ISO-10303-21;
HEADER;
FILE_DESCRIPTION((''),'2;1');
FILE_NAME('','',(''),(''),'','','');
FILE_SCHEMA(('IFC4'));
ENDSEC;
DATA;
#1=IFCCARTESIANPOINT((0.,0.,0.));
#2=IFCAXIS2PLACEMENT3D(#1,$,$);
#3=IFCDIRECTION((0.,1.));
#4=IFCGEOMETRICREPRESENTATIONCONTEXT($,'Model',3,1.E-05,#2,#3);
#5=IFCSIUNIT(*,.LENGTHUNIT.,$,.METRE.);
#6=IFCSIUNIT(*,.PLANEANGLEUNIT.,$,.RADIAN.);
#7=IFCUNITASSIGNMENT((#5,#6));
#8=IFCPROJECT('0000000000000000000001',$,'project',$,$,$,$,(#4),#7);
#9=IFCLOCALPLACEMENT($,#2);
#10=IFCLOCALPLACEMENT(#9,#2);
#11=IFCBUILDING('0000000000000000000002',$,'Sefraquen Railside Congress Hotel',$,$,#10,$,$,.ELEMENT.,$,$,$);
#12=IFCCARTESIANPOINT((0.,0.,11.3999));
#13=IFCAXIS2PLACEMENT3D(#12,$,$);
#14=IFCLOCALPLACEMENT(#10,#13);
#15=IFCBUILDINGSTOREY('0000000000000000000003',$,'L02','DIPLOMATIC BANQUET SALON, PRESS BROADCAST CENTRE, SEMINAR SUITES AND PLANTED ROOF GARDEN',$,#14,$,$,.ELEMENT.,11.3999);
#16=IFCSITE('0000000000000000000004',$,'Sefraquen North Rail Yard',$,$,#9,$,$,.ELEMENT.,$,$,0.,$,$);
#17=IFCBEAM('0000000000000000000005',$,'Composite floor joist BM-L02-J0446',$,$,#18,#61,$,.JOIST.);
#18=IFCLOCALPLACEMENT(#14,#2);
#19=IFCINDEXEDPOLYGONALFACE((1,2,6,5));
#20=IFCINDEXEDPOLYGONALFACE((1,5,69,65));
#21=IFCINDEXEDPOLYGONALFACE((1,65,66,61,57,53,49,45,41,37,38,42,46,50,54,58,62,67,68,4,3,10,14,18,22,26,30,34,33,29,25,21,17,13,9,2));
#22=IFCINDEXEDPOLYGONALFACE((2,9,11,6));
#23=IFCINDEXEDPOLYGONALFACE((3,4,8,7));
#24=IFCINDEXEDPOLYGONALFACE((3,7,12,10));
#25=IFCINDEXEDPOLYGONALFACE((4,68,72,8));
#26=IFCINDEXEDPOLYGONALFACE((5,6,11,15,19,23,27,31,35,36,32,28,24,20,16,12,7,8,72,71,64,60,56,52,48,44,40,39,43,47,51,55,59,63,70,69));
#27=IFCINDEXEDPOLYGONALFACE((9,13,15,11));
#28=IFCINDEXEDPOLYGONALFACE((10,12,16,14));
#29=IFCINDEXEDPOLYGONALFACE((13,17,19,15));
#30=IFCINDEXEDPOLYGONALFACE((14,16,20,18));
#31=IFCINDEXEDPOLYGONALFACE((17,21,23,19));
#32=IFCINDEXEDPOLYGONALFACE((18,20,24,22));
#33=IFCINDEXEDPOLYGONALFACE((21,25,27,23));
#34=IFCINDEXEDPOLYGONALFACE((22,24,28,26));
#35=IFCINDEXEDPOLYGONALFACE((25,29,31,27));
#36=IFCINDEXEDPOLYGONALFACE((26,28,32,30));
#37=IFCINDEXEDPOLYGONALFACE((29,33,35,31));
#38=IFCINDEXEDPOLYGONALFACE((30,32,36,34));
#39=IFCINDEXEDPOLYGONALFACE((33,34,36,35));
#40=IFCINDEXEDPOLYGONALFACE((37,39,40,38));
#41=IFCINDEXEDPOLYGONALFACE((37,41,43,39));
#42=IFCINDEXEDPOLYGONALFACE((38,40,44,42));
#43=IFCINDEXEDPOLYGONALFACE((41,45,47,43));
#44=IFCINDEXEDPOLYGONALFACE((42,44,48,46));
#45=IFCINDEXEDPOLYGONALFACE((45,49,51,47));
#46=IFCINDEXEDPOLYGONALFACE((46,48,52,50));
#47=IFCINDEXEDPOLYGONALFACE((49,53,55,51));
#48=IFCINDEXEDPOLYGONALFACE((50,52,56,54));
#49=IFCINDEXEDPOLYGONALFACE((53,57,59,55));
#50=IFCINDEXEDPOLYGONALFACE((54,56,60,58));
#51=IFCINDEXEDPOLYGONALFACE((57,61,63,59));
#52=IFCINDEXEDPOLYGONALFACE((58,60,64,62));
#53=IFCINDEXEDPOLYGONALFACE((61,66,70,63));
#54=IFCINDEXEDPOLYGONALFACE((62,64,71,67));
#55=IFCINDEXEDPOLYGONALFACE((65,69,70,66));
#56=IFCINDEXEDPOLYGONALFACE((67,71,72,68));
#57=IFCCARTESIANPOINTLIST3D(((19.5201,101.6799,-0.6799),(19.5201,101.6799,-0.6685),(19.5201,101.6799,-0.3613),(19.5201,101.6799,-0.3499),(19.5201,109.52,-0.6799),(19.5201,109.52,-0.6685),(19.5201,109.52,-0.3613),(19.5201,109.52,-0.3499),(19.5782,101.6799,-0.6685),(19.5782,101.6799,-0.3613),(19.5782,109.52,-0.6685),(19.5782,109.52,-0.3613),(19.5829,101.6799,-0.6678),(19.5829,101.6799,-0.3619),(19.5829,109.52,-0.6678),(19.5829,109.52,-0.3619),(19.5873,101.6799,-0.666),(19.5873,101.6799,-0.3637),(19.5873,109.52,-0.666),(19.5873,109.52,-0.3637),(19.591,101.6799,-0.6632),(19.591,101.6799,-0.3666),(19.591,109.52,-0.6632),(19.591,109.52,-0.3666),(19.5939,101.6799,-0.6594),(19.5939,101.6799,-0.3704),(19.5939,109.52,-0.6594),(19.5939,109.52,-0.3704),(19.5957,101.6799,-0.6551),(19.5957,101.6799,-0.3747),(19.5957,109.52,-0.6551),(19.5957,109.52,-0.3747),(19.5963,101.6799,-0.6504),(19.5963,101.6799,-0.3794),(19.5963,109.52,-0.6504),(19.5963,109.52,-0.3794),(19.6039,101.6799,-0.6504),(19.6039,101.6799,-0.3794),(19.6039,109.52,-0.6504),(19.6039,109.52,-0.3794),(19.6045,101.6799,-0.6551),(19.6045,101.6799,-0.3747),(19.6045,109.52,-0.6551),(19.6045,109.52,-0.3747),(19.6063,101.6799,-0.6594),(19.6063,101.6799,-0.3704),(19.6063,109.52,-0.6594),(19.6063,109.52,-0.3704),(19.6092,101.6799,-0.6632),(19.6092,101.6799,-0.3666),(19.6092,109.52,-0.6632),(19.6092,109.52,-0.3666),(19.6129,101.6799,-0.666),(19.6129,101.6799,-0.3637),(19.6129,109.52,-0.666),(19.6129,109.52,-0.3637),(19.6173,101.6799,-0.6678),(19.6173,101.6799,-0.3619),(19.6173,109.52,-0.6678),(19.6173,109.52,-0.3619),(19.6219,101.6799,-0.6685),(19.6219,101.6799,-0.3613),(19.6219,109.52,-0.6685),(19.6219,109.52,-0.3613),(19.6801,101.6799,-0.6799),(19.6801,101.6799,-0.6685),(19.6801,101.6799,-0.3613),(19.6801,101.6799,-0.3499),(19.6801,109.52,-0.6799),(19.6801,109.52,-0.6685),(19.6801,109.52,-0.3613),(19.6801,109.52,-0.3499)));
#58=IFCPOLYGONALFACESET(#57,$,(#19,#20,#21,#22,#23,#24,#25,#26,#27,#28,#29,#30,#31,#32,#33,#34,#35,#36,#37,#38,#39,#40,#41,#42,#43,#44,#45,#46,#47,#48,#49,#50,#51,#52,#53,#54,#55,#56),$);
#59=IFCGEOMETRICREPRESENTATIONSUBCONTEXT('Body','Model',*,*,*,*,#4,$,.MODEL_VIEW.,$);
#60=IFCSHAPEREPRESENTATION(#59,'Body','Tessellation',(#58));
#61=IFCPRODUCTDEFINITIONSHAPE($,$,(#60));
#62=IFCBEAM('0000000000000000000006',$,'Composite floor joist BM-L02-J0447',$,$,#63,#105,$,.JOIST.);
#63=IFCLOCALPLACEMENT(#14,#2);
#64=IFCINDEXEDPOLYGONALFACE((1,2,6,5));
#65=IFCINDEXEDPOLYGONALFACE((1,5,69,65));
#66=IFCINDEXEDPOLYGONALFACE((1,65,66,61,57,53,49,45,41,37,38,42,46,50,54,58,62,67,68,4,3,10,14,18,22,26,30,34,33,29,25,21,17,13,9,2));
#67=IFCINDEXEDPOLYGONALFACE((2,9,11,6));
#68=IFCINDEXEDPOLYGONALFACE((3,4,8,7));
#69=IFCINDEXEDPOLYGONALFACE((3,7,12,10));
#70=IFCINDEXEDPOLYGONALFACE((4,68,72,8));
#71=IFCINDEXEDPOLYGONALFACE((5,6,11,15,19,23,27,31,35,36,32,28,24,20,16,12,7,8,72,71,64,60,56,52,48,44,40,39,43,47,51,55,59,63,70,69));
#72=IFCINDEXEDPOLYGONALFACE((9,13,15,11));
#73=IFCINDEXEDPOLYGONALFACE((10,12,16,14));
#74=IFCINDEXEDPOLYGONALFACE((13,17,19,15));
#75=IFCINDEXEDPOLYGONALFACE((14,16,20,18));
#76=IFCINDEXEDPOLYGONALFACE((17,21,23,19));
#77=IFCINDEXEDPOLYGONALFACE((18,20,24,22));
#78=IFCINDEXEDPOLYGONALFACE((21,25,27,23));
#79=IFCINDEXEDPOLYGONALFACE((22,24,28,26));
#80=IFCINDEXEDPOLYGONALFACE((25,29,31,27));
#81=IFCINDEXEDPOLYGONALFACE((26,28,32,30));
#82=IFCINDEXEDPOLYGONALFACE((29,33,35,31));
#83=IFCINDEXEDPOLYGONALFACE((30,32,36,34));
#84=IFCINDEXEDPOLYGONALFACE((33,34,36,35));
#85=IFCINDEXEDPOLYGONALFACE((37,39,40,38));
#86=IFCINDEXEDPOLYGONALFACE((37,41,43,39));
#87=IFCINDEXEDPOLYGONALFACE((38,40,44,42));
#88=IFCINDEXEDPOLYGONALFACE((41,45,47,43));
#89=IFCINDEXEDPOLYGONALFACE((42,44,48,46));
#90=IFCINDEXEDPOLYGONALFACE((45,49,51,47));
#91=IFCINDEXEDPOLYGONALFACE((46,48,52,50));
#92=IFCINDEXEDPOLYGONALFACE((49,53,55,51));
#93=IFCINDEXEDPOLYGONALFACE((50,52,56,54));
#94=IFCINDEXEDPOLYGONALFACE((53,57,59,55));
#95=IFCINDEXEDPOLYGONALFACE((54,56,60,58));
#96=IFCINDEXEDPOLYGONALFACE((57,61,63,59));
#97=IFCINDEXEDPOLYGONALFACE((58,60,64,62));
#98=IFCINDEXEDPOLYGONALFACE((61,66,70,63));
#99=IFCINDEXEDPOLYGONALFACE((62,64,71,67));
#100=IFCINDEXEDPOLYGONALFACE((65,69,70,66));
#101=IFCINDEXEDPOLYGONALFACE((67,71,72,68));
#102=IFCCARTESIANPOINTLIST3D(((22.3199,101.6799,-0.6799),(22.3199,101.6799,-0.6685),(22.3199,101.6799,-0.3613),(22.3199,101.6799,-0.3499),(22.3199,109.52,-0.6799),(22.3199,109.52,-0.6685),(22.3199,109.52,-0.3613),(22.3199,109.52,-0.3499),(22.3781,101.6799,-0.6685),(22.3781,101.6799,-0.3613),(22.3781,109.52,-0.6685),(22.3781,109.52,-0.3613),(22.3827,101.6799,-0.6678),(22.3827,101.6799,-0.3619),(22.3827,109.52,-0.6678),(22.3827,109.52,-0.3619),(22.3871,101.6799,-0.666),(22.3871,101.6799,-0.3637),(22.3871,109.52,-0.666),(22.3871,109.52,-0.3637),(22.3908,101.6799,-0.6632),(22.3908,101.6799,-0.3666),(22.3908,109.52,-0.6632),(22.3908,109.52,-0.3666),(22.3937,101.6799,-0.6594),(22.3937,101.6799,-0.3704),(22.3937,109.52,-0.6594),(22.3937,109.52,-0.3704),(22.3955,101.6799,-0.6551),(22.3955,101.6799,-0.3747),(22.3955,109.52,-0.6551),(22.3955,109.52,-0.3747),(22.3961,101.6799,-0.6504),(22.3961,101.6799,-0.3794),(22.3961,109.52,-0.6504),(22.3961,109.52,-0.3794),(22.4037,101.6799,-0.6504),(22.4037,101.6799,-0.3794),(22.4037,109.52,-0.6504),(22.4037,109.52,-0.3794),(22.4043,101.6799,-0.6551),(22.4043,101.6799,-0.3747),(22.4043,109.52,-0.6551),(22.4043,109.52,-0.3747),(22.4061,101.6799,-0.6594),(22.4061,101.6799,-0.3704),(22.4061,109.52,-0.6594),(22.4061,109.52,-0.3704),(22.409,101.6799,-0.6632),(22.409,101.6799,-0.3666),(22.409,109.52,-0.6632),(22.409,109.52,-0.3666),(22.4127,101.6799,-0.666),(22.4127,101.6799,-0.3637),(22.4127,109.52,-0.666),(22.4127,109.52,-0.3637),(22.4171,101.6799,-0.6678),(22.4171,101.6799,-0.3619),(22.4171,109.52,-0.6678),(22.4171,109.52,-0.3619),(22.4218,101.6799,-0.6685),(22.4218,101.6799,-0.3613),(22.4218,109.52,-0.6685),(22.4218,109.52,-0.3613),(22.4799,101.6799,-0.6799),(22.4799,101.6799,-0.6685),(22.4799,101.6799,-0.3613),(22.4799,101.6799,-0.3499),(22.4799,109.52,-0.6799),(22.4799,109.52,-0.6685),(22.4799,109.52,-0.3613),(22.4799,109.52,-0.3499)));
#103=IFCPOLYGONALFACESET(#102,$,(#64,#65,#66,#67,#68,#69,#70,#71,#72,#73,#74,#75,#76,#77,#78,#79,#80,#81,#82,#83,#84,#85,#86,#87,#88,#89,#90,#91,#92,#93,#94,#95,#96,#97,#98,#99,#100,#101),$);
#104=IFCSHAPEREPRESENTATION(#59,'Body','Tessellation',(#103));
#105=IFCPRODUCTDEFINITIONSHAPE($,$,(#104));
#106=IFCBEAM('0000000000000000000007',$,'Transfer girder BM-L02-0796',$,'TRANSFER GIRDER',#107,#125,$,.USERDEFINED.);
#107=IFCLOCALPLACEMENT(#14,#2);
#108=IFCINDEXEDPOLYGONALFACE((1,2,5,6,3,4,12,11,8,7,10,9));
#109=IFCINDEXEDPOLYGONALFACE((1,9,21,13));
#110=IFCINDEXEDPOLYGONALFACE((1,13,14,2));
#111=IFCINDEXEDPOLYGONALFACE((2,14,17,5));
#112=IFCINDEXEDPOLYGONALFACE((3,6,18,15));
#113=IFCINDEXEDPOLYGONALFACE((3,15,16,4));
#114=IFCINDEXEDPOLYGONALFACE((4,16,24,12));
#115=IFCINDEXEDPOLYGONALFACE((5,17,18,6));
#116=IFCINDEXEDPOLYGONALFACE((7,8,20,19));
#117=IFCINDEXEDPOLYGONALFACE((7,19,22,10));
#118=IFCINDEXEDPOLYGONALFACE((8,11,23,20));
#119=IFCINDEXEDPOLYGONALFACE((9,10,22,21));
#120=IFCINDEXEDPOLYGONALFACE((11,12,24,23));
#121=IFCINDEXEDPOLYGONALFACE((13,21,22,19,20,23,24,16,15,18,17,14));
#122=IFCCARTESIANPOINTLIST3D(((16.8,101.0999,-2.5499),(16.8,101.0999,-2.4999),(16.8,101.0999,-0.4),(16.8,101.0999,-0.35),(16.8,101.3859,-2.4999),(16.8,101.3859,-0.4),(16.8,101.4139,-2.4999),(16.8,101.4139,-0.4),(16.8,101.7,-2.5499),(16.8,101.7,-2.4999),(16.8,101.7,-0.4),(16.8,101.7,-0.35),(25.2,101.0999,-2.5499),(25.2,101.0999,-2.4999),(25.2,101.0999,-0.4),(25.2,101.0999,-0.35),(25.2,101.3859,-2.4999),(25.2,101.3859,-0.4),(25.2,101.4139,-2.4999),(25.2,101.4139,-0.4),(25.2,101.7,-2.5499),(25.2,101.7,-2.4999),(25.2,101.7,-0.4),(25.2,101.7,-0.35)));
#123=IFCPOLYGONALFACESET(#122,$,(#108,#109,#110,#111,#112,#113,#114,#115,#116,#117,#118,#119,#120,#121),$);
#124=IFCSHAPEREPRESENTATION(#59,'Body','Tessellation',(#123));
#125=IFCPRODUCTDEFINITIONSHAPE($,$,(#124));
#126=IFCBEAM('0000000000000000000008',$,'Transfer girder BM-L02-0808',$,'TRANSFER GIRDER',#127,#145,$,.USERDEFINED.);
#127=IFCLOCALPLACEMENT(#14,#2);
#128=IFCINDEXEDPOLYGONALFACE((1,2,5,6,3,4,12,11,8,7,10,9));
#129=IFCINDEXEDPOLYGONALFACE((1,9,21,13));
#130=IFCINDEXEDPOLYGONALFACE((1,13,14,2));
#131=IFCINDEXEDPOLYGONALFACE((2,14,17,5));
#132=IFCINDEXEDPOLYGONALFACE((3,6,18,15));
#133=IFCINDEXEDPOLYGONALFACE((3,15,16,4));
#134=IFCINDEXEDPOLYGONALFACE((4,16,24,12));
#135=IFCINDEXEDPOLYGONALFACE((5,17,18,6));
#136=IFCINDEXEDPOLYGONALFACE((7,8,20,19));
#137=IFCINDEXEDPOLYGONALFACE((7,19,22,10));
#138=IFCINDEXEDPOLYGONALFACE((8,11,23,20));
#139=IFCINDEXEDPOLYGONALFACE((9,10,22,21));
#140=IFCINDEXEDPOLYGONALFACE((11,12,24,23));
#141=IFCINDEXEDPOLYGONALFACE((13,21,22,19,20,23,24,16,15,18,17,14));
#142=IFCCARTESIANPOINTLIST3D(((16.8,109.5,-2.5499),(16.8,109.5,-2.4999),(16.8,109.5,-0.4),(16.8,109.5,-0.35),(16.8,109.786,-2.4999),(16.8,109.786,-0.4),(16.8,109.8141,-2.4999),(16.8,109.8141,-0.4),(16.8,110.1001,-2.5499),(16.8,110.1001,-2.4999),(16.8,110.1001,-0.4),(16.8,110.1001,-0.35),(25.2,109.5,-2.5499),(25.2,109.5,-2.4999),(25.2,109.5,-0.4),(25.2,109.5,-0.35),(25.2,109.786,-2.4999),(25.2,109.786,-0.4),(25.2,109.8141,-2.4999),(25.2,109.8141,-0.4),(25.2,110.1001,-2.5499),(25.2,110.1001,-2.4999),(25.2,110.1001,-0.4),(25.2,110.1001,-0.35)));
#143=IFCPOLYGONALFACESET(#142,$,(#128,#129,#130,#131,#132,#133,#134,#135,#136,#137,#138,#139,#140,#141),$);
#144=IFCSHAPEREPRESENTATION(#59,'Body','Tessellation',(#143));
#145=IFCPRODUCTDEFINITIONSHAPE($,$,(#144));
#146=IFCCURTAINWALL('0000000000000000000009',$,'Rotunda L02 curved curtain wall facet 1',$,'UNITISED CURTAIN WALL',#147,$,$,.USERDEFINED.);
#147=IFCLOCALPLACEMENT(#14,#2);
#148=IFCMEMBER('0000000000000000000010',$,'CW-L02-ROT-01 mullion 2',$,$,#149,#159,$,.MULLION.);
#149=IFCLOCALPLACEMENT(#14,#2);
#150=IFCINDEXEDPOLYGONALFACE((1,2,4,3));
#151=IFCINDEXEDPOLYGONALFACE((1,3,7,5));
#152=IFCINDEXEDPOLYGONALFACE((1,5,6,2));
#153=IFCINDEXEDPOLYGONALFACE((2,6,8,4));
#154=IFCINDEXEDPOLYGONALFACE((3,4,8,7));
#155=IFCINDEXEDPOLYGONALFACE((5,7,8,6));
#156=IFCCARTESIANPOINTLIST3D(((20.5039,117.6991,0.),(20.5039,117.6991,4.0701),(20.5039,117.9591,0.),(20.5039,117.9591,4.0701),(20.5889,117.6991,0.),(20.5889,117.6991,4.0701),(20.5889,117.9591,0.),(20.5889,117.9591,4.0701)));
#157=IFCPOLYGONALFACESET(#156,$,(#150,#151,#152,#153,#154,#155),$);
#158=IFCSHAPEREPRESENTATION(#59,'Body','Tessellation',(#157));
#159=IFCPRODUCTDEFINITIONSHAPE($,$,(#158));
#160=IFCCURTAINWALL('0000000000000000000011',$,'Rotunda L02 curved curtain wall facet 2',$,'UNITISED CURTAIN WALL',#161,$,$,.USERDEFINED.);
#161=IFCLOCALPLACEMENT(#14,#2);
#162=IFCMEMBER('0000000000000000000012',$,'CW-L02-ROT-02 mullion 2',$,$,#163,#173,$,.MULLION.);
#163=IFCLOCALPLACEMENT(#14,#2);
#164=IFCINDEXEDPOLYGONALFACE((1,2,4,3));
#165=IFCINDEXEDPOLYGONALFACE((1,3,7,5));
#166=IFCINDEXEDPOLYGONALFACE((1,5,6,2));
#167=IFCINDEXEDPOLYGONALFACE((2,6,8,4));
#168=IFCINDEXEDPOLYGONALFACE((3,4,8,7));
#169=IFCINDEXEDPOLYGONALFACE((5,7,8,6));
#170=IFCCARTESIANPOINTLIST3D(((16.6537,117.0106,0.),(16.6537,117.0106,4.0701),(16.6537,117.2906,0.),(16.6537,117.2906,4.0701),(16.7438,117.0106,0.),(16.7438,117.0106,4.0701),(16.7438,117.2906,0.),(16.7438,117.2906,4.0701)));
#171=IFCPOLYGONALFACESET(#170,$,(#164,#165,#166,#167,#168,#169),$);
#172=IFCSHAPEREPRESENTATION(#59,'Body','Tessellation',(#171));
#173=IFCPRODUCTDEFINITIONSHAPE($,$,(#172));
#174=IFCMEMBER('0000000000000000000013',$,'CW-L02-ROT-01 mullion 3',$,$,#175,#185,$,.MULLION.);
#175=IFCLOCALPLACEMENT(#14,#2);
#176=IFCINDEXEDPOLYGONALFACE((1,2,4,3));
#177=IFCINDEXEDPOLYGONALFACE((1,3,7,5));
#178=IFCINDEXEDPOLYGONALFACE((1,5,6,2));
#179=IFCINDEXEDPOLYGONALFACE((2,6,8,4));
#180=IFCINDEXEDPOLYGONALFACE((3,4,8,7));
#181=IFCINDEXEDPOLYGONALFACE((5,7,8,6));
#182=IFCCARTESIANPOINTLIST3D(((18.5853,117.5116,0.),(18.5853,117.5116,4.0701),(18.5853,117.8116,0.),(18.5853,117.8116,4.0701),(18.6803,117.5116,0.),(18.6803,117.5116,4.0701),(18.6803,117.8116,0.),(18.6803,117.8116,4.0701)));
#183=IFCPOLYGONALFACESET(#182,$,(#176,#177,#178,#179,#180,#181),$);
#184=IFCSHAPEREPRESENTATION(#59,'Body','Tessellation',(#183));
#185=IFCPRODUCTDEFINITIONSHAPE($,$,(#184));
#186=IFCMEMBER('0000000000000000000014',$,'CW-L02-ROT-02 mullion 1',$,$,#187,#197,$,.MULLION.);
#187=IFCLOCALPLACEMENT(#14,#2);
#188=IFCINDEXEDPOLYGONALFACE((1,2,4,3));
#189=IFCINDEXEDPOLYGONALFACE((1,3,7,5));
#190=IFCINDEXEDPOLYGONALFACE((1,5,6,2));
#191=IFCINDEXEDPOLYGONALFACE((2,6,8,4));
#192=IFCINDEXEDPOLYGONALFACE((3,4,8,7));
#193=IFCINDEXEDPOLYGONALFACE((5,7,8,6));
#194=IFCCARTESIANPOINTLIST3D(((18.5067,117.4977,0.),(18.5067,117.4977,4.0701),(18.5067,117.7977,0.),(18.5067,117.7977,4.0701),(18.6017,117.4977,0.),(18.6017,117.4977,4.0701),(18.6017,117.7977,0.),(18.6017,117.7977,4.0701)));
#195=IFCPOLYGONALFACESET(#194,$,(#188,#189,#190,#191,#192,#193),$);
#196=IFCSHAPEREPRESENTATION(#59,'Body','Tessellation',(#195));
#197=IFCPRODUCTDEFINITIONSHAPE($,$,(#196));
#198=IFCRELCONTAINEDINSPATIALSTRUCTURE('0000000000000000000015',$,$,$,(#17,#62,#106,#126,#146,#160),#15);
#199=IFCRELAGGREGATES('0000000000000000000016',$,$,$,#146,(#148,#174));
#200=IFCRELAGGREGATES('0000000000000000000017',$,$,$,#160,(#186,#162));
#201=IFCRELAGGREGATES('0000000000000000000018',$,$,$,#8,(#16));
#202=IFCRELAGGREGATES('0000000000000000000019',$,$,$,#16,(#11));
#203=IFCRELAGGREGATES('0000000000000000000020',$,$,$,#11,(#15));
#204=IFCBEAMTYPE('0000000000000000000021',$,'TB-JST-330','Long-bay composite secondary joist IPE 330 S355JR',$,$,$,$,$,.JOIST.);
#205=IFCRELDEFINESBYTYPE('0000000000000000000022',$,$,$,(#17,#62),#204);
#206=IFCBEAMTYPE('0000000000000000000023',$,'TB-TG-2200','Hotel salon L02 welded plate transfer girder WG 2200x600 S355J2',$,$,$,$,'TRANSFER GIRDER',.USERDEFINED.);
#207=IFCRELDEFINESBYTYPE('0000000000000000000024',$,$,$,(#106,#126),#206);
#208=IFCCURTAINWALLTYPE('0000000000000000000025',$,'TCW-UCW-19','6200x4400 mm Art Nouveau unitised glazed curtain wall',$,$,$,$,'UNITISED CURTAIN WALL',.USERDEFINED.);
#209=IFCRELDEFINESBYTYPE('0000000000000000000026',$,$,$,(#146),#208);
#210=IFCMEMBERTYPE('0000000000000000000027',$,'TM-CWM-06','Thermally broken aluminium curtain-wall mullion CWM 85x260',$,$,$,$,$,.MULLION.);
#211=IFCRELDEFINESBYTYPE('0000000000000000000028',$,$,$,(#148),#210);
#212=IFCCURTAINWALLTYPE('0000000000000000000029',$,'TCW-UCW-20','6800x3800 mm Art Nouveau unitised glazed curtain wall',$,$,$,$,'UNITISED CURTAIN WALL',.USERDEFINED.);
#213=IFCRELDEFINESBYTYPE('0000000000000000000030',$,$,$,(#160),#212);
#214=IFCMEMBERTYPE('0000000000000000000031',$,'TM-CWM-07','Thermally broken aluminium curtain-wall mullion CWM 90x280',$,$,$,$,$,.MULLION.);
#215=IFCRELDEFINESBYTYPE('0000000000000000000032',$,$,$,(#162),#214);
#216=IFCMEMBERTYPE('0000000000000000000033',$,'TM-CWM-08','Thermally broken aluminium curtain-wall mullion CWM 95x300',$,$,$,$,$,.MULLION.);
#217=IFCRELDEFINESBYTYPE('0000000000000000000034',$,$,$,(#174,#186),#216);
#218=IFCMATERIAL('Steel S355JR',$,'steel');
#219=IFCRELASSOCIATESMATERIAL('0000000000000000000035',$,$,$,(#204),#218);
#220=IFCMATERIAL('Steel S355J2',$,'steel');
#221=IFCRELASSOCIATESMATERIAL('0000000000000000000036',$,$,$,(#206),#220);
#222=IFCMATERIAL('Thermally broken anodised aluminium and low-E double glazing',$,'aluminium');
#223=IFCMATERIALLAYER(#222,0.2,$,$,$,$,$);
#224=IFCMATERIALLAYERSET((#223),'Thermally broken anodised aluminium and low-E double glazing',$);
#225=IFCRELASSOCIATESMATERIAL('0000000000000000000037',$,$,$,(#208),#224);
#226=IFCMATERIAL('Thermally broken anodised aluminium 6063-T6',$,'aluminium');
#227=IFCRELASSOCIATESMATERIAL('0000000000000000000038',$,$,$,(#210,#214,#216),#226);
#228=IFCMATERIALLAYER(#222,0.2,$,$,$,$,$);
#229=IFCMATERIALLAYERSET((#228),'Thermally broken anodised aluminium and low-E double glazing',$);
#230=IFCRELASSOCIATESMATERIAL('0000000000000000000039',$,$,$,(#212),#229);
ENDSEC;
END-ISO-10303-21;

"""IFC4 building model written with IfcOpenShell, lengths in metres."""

from ifc_helpers import new_model, si_unit, direction, frame, origin, origin_2d, place, context, subcontext, project, spatial, rectangle, i_section, extrude, material, layer, layer_set, material_profile, profile_set, type_object, element, aggregate, save


model = new_model("IFC4")

# Units and contexts
model_context = context("Model", 3, precision=1e-05, world=origin(), true_north=direction((0.0, 1.0)))
body_context = subcontext(model_context, "Body", "Model", "MODEL_VIEW")
ifc_project = project(units=[si_unit("LENGTHUNIT", "METRE"), si_unit("PLANEANGLEUNIT", "RADIAN")], contexts=[model_context])

# Site, building, storey
site_placement = place(None, origin())
site = spatial("IfcSite", under=ifc_project, at=site_placement, Name="Sefraquen North Rail Yard", CompositionType="ELEMENT", RefElevation=0.0)
building_placement = place(site_placement, origin())
building = spatial("IfcBuilding", under=site, at=building_placement, Name="Sefraquen Railside Congress Hotel", CompositionType="ELEMENT")
storey_placement = place(building_placement, frame((0.0, 0.0, 11.3999)))
storey = spatial("IfcBuildingStorey", under=building, at=storey_placement, Name="L02", Description="DIPLOMATIC BANQUET SALON, PRESS BROADCAST CENTRE, SEMINAR SUITES AND PLANTED ROOF GARDEN", CompositionType="ELEMENT", Elevation=11.3999)

# Shared definitions
ifc_material_1 = material(Name="Steel S355JR", Category="steel")

# Beams
ifc_material_profile_1 = material_profile(ifc_material_1, i_section(OverallWidth=0.1599, OverallDepth=0.3301, WebThickness=0.0076, FlangeThickness=0.0115, FilletRadius=0.0181, at=origin_2d()), Name="IPE 330")
ifc_profile_set_1 = profile_set([ifc_material_profile_1], Name="Steel S355JR")
beam_type_1 = type_object("IfcBeamType", Name="TB-JST-330", Description="Long-bay composite secondary joist IPE 330 S355JR", PredefinedType="JOIST", material=ifc_profile_set_1)
for number, where, z_axis, x_axis, name in (
    (1, (19.6001, 101.6799, -0.5149), (0.0, 1.0, 0.0), (-1.0, 0.0, 0.0), "Composite floor joist BM-L02-J0446"),
    (2, (22.3999, 101.6799, -0.5149), (0.0, 1.0, 0.0), (-1.0, 0.0, 0.0), "Composite floor joist BM-L02-J0447"),
):
    element("IfcBeam", number, at=place(storey_placement, frame(where, z_axis=z_axis, x_axis=x_axis)), inside=storey, type_object=beam_type_1, Name=name, PredefinedType="JOIST", context=body_context, shape_type="SweptSolid", body=[
        extrude(i_section(OverallWidth=0.1599, OverallDepth=0.3301, WebThickness=0.0076, FlangeThickness=0.0115, FilletRadius=0.0181, at=origin_2d()), origin(), (0.0, 0.0, 1.0), 7.8401),
    ])
ifc_material_2 = material(Name="Steel S355J2", Category="steel")
ifc_material_profile_2 = material_profile(ifc_material_2, i_section(OverallWidth=0.6001, OverallDepth=2.2, WebThickness=0.0281, FlangeThickness=0.05, at=origin_2d()), Name="WG 2200x600")
ifc_profile_set_2 = profile_set([ifc_material_profile_2], Name="Steel S355J2")
beam_type_2 = type_object("IfcBeamType", Name="TB-TG-2200", Description="Hotel salon L02 welded plate transfer girder WG 2200x600 S355J2", ElementType="TRANSFER GIRDER", PredefinedType="USERDEFINED", material=ifc_profile_set_2)
for number, where, z_axis, x_axis, name in (
    (3, (16.8, 101.3999, -1.45), (1.0, 0.0, 0.0), (0.0, 1.0, 0.0), "Transfer girder BM-L02-0796"),
    (4, (16.8, 109.8, -1.45), (1.0, 0.0, 0.0), (0.0, 1.0, 0.0), "Transfer girder BM-L02-0808"),
):
    element("IfcBeam", number, at=place(storey_placement, frame(where, z_axis=z_axis, x_axis=x_axis)), inside=storey, type_object=beam_type_2, Name=name, ObjectType="TRANSFER GIRDER", PredefinedType="USERDEFINED", context=body_context, shape_type="SweptSolid", body=[
        extrude(i_section(OverallWidth=0.6001, OverallDepth=2.2, WebThickness=0.0281, FlangeThickness=0.05, at=origin_2d()), origin(), (0.0, 0.0, 1.0), 8.3999),
    ])

# Curtain walls, members
ifc_material_3 = material(Name="Thermally broken anodised aluminium and low-E double glazing", Category="aluminium")
ifc_layer_1 = layer(ifc_material_3, 0.2)
ifc_layer_set_1 = layer_set([ifc_layer_1], Name="Thermally broken anodised aluminium and low-E double glazing")
curtain_wall_type_1 = type_object("IfcCurtainWallType", Name="TCW-UCW-19", Description="6200x4400 mm Art Nouveau unitised glazed curtain wall", ElementType="UNITISED CURTAIN WALL", PredefinedType="USERDEFINED", material=ifc_layer_set_1)
curtain_wall_1_placement = place(storey_placement, origin())
curtain_wall_1 = element("IfcCurtainWall", 5, at=curtain_wall_1_placement, inside=storey, type_object=curtain_wall_type_1, Name="Rotunda L02 curved curtain wall facet 1", ObjectType="UNITISED CURTAIN WALL", PredefinedType="USERDEFINED")
ifc_material_4 = material(Name="Thermally broken anodised aluminium 6063-T6", Category="aluminium")
ifc_material_profile_3 = material_profile(ifc_material_4, rectangle(XDim=0.085, YDim=0.26, at=origin_2d()), Name="CWM 85x260")
ifc_profile_set_3 = profile_set([ifc_material_profile_3], Name="Thermally broken anodised aluminium 6063-T6")
member_type_1 = type_object("IfcMemberType", Name="TM-CWM-06", Description="Thermally broken aluminium curtain-wall mullion CWM 85x260", PredefinedType="MULLION", material=ifc_profile_set_3)
member_1_placement = place(storey_placement, frame((20.5464, 117.8291, 0.0), z_axis=(0.0, 0.0, 1.0), x_axis=(1.0, 0.0, 0.0)))
member_1 = element("IfcMember", 6, at=member_1_placement, type_object=member_type_1, Name="CW-L02-ROT-01 mullion 2", PredefinedType="MULLION", context=body_context, shape_type="SweptSolid", body=[
    extrude(rectangle(XDim=0.085, YDim=0.26, at=origin_2d()), origin(), (0.0, 0.0, 1.0), 4.0701),
])
ifc_layer_2 = layer(ifc_material_3, 0.2)
ifc_layer_set_2 = layer_set([ifc_layer_2], Name="Thermally broken anodised aluminium and low-E double glazing")
curtain_wall_type_2 = type_object("IfcCurtainWallType", Name="TCW-UCW-20", Description="6800x3800 mm Art Nouveau unitised glazed curtain wall", ElementType="UNITISED CURTAIN WALL", PredefinedType="USERDEFINED", material=ifc_layer_set_2)
curtain_wall_2_placement = place(storey_placement, origin())
curtain_wall_2 = element("IfcCurtainWall", 7, at=curtain_wall_2_placement, inside=storey, type_object=curtain_wall_type_2, Name="Rotunda L02 curved curtain wall facet 2", ObjectType="UNITISED CURTAIN WALL", PredefinedType="USERDEFINED")
ifc_material_profile_4 = material_profile(ifc_material_4, rectangle(XDim=0.0901, YDim=0.28, at=origin_2d()), Name="CWM 90x280")
ifc_profile_set_4 = profile_set([ifc_material_profile_4], Name="Thermally broken anodised aluminium 6063-T6")
member_type_2 = type_object("IfcMemberType", Name="TM-CWM-07", Description="Thermally broken aluminium curtain-wall mullion CWM 90x280", PredefinedType="MULLION", material=ifc_profile_set_4)
member_2_placement = place(storey_placement, frame((16.6987, 117.1506, 0.0), z_axis=(0.0, 0.0, 1.0), x_axis=(1.0, 0.0, 0.0)))
member_2 = element("IfcMember", 8, at=member_2_placement, type_object=member_type_2, Name="CW-L02-ROT-02 mullion 2", PredefinedType="MULLION", context=body_context, shape_type="SweptSolid", body=[
    extrude(rectangle(XDim=0.0901, YDim=0.28, at=origin_2d()), origin(), (0.0, 0.0, 1.0), 4.0701),
])

# Members
ifc_material_profile_5 = material_profile(ifc_material_4, rectangle(XDim=0.095, YDim=0.3, at=origin_2d()), Name="CWM 95x300")
ifc_profile_set_5 = profile_set([ifc_material_profile_5], Name="Thermally broken anodised aluminium 6063-T6")
member_type_3 = type_object("IfcMemberType", Name="TM-CWM-08", Description="Thermally broken aluminium curtain-wall mullion CWM 95x300", PredefinedType="MULLION", material=ifc_profile_set_5)
member_3_placement = place(storey_placement, frame((18.6328, 117.6616, 0.0), z_axis=(0.0, 0.0, 1.0), x_axis=(1.0, 0.0, 0.0)))
member_3 = element("IfcMember", 9, at=member_3_placement, type_object=member_type_3, Name="CW-L02-ROT-01 mullion 3", PredefinedType="MULLION", context=body_context, shape_type="SweptSolid", body=[
    extrude(rectangle(XDim=0.095, YDim=0.3, at=origin_2d()), origin(), (0.0, 0.0, 1.0), 4.0701),
])
member_4_placement = place(storey_placement, frame((18.5542, 117.6477, 0.0), z_axis=(0.0, 0.0, 1.0), x_axis=(1.0, 0.0, 0.0)))
member_4 = element("IfcMember", 10, at=member_4_placement, type_object=member_type_3, Name="CW-L02-ROT-02 mullion 1", PredefinedType="MULLION", context=body_context, shape_type="SweptSolid", body=[
    extrude(rectangle(XDim=0.095, YDim=0.3, at=origin_2d()), origin(), (0.0, 0.0, 1.0), 4.0701),
])

aggregate(curtain_wall_1, [member_1, member_3])
aggregate(curtain_wall_2, [member_4, member_2])

save(model, "model.ifc")
